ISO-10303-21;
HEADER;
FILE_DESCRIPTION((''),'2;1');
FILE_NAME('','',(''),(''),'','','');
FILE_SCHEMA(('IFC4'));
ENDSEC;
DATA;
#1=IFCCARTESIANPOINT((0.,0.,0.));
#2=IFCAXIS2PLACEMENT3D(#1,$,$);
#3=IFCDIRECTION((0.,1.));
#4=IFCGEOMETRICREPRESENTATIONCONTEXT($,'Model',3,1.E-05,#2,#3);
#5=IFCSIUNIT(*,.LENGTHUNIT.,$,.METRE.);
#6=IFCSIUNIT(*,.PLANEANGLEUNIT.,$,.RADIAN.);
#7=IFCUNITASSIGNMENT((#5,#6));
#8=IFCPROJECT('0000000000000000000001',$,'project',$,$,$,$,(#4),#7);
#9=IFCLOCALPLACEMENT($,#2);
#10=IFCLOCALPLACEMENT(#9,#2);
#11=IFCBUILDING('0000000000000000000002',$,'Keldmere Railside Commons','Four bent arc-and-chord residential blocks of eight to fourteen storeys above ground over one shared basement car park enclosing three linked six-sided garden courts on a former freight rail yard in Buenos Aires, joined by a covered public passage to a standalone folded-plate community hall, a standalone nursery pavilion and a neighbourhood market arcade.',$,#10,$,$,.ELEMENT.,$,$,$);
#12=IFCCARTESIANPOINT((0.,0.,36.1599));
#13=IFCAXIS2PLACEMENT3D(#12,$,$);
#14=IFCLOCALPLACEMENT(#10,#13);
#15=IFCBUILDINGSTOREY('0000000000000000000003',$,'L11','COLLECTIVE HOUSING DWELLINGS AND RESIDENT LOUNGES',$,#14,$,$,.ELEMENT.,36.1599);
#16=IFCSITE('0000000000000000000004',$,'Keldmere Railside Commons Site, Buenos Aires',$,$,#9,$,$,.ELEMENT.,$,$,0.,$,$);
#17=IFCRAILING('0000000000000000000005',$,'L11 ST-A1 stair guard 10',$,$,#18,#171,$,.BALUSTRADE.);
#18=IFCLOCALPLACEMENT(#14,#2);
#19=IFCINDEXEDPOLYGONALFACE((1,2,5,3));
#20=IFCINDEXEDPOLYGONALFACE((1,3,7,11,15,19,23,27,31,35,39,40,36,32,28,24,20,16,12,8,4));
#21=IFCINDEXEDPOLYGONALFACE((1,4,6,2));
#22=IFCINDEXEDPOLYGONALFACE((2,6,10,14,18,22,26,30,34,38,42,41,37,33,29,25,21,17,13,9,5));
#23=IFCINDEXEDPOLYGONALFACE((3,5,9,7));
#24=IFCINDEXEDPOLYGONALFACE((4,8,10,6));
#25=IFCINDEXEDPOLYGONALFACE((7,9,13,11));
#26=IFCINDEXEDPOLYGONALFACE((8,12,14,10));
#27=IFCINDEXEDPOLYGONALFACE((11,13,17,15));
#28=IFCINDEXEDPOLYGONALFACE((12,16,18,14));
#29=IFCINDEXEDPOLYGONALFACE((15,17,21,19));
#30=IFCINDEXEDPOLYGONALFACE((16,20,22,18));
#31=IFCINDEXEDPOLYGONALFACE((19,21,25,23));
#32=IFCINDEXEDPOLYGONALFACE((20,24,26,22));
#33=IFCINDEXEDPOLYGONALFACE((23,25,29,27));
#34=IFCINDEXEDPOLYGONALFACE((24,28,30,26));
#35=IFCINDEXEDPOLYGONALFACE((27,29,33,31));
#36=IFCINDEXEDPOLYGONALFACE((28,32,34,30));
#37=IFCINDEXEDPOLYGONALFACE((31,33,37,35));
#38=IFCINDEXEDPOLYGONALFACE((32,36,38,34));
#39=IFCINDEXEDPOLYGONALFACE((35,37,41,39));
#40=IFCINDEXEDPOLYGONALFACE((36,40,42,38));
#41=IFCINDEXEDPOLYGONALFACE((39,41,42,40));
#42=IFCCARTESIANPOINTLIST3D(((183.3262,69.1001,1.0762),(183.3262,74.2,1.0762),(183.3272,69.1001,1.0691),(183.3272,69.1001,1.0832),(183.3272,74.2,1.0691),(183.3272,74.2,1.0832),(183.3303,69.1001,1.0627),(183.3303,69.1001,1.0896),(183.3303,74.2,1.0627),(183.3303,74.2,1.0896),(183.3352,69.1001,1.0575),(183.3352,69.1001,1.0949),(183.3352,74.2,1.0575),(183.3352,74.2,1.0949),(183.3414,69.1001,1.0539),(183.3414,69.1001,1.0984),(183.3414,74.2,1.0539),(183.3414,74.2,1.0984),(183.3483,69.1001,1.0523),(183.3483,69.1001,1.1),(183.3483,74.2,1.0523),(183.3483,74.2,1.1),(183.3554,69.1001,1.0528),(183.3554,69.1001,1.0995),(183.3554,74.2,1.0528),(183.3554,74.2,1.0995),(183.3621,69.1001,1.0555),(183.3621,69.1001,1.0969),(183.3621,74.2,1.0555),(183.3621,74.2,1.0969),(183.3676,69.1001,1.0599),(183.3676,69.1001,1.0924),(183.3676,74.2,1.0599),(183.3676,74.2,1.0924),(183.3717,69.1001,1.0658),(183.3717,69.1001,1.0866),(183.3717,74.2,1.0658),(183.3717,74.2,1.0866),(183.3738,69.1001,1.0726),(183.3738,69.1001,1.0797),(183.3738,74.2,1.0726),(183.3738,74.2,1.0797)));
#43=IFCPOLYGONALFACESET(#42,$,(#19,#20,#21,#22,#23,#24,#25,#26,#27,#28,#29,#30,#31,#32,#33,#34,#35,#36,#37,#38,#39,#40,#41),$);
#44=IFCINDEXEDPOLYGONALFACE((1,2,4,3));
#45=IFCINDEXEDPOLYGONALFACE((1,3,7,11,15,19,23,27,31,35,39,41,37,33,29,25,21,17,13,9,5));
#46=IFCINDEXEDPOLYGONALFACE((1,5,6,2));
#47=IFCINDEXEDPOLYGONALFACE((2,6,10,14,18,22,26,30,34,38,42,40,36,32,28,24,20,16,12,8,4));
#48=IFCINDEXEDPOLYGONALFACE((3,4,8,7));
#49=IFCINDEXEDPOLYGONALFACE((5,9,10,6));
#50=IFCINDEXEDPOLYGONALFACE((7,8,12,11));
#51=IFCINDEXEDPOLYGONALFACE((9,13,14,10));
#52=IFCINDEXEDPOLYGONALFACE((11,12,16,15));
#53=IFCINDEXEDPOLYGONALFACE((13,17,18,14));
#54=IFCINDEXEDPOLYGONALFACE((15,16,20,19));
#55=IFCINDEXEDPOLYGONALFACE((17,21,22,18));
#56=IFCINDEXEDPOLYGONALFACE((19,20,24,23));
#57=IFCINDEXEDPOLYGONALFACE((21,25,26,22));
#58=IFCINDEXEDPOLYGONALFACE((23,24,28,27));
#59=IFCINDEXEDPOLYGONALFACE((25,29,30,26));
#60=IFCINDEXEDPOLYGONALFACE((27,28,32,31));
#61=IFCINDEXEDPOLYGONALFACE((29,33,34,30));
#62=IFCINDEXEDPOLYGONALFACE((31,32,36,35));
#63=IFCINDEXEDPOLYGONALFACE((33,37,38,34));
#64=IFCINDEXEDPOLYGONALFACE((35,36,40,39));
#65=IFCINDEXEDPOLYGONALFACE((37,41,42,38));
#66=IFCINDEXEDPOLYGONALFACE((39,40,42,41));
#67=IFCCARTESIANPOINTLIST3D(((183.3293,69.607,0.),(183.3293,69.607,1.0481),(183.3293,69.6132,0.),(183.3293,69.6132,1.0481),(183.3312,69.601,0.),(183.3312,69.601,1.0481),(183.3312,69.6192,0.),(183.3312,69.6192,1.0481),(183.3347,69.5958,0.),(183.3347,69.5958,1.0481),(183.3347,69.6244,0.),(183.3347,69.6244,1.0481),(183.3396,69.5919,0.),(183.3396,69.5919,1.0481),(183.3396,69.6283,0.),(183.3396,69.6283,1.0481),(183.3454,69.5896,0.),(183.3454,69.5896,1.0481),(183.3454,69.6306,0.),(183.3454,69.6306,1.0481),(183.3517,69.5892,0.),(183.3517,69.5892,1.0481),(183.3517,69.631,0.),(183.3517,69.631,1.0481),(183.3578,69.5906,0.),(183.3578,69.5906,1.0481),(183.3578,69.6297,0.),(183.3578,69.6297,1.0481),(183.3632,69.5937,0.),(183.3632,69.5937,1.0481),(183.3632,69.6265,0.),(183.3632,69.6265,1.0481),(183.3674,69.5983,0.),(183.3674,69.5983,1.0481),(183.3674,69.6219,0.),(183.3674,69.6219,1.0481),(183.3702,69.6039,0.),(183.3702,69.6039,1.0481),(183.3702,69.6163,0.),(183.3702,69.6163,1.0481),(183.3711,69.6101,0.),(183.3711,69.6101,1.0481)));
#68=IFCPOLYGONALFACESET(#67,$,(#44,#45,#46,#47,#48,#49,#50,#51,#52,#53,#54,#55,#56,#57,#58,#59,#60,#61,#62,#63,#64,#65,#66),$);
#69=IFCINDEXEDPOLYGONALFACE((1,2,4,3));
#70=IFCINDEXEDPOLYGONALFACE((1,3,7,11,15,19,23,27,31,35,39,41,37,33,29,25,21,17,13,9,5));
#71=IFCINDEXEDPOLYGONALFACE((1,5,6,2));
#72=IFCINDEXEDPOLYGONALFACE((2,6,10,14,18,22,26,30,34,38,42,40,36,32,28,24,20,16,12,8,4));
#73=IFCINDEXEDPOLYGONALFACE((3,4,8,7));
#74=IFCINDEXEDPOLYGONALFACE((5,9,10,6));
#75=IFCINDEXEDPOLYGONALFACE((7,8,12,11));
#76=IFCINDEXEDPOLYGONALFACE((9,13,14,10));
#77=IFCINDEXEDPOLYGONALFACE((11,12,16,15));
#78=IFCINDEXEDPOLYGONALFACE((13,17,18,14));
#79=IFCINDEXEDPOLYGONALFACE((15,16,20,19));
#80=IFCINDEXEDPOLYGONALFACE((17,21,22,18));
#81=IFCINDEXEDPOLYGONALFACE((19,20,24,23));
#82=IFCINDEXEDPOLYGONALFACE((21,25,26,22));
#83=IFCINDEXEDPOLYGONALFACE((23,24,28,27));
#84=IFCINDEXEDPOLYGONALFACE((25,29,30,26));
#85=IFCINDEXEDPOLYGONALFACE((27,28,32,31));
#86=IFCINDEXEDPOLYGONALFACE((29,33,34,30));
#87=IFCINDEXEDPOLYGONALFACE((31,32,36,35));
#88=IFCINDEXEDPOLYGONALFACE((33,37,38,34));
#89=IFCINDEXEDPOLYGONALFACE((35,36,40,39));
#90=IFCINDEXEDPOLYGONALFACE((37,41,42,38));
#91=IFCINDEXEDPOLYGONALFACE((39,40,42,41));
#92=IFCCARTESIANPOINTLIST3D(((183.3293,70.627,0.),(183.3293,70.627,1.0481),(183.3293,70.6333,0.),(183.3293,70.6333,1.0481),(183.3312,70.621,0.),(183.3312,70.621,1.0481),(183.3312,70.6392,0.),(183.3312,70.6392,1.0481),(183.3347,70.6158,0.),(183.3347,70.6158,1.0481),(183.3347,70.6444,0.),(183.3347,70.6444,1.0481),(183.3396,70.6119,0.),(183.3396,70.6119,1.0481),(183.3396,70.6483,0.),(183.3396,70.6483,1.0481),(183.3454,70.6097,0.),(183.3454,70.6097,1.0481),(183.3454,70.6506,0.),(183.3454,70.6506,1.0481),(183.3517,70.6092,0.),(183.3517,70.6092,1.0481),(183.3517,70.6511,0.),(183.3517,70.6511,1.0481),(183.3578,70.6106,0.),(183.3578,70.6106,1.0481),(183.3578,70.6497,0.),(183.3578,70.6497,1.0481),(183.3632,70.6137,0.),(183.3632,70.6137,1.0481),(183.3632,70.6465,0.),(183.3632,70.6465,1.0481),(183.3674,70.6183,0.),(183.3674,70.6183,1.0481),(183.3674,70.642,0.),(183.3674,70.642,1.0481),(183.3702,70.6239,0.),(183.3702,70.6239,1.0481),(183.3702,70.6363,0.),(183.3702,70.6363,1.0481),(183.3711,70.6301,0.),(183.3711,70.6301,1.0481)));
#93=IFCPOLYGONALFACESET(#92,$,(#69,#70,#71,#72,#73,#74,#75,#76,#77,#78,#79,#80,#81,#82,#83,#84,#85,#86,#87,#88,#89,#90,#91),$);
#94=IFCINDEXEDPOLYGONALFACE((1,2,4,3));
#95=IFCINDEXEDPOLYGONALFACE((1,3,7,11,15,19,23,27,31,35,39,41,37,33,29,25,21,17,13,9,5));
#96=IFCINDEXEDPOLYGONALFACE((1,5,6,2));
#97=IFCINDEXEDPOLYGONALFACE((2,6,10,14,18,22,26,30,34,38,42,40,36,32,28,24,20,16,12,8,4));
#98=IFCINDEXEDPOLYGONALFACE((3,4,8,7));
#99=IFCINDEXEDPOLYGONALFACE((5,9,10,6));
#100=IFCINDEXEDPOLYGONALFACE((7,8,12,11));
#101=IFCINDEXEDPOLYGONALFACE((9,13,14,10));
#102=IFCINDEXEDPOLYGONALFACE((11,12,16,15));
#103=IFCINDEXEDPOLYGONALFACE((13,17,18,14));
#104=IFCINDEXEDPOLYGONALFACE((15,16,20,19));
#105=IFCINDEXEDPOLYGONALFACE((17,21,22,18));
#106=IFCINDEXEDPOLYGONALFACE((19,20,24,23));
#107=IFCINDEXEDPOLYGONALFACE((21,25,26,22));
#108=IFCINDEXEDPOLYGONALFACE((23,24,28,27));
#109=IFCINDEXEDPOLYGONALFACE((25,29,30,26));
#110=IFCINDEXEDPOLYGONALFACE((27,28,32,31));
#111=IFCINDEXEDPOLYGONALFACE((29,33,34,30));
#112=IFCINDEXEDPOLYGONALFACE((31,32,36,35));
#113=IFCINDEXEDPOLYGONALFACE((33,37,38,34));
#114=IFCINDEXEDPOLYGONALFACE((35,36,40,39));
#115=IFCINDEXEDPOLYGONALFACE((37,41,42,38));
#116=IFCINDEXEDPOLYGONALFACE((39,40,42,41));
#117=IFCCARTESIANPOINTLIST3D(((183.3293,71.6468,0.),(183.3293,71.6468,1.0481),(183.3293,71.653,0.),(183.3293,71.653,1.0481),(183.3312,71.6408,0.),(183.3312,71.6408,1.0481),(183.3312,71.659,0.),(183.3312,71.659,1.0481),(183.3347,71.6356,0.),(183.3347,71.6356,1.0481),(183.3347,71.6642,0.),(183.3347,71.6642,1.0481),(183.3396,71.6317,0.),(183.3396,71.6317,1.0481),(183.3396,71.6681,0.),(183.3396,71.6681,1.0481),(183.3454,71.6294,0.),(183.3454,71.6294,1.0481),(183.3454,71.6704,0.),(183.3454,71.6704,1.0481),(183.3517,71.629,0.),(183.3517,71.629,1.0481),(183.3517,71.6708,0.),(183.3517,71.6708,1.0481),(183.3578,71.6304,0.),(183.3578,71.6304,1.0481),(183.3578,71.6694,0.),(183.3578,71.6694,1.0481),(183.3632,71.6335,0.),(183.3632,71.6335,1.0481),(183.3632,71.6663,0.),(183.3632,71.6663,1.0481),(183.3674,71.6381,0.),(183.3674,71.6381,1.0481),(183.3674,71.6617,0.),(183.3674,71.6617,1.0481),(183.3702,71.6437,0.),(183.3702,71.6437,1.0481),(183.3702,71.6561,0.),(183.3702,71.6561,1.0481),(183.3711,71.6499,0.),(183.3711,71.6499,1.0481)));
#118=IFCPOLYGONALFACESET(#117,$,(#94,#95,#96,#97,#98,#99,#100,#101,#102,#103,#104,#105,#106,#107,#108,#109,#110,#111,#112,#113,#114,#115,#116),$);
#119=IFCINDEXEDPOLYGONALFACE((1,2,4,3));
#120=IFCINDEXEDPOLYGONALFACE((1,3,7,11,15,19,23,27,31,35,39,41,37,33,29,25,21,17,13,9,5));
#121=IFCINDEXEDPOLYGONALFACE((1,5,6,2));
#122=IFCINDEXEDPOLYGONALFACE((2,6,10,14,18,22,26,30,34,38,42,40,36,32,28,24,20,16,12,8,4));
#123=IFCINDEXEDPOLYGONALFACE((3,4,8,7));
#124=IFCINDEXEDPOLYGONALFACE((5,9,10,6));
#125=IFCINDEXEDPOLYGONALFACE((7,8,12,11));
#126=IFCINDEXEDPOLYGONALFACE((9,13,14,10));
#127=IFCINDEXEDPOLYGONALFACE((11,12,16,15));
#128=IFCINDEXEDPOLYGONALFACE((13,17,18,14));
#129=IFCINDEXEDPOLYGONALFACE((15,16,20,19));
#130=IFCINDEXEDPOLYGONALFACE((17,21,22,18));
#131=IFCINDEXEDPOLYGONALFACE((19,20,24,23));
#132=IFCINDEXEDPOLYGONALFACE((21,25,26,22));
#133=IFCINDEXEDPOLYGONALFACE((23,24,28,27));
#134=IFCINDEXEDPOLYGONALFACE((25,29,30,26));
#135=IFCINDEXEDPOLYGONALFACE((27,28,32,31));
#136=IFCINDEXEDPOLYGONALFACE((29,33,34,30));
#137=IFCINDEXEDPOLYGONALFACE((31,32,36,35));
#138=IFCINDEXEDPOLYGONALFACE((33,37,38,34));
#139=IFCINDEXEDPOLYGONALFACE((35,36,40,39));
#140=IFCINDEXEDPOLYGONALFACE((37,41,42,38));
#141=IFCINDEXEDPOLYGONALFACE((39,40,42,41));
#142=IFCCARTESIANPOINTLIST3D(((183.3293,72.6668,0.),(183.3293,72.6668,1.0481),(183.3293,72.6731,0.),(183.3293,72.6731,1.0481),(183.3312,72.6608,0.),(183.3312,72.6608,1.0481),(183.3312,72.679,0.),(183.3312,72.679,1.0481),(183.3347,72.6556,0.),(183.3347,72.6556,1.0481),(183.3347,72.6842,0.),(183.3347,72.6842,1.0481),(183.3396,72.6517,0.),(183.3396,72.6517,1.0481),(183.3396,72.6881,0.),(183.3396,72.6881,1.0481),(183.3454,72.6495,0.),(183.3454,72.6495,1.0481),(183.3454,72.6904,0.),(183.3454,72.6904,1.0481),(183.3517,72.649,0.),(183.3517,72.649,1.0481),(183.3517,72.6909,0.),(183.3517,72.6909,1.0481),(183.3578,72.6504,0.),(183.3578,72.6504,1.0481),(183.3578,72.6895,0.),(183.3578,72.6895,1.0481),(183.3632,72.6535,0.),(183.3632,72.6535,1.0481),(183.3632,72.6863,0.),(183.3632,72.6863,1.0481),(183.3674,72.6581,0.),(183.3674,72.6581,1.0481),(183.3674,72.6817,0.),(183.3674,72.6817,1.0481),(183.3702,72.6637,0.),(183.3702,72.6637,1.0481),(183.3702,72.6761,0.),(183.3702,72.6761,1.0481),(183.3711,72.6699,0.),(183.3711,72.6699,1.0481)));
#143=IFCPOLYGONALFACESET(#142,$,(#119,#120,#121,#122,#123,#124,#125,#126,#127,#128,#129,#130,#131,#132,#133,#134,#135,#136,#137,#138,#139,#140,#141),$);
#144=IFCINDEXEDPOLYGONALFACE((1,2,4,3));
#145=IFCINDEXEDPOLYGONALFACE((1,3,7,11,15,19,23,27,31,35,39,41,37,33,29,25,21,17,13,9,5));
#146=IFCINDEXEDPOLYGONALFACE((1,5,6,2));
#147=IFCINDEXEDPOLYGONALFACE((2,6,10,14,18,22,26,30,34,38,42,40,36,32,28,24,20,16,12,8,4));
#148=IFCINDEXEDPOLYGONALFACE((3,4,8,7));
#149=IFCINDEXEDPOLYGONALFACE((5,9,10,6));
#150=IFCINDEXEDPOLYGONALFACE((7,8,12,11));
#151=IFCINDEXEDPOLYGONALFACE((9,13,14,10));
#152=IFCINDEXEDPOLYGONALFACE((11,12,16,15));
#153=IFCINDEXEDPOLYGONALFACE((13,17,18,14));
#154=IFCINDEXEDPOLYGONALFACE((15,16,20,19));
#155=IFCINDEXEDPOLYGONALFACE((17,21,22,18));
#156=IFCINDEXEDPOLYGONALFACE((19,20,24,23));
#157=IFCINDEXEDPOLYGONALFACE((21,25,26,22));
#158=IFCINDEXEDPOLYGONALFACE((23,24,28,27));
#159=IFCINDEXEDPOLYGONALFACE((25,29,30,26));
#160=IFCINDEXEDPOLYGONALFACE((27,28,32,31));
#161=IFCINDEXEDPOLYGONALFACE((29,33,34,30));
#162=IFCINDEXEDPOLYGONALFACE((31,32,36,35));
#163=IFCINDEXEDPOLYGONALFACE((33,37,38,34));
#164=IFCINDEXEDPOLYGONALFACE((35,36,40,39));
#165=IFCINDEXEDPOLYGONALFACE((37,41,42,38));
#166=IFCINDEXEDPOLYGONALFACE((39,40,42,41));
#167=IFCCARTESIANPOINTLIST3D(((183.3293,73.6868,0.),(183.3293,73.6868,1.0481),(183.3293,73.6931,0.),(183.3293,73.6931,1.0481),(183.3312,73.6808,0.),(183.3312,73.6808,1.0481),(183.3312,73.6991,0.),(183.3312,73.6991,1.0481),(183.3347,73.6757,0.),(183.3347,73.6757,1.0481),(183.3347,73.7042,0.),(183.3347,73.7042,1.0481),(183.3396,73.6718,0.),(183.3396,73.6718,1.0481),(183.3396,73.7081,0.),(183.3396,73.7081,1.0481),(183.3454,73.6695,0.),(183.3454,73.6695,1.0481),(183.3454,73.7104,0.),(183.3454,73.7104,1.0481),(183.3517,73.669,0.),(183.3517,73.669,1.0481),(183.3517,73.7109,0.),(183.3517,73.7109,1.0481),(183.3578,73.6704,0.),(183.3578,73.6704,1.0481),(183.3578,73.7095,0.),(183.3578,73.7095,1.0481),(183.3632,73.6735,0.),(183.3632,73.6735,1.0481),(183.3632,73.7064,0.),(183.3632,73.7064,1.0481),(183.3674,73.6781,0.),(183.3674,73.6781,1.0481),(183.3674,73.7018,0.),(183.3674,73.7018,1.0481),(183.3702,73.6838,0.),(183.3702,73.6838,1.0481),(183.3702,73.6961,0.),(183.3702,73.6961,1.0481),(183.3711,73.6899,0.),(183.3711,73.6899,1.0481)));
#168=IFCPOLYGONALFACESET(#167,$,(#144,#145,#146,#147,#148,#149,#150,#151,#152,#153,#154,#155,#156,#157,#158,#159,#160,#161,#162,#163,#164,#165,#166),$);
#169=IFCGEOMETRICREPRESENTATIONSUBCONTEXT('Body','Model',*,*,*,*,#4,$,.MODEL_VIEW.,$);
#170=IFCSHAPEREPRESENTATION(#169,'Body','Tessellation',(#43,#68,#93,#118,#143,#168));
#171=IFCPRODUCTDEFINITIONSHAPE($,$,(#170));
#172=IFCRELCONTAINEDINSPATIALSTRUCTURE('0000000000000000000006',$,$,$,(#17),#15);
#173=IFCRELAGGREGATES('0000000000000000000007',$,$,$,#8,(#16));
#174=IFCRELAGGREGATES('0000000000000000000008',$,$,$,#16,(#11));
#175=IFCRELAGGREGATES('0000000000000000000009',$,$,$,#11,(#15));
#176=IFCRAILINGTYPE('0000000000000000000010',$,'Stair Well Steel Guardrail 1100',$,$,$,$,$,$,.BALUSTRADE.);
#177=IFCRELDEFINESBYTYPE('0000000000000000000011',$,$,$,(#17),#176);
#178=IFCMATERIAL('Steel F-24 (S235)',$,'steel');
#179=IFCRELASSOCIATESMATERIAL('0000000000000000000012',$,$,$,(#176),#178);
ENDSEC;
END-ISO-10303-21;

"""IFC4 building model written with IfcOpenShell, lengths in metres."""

from ifc_helpers import new_model, si_unit, direction, frame, origin, origin_2d, place, context, subcontext, project, spatial, circle, extrude, material, type_object, element, save


model = new_model("IFC4")

# Units and contexts
model_context = context("Model", 3, precision=1e-05, world=origin(), true_north=direction((0.0, 1.0)))
body_context = subcontext(model_context, "Body", "Model", "MODEL_VIEW")
ifc_project = project(units=[si_unit("LENGTHUNIT", "METRE"), si_unit("PLANEANGLEUNIT", "RADIAN")], contexts=[model_context])

# Site, building, storey
site_placement = place(None, origin())
site = spatial("IfcSite", under=ifc_project, at=site_placement, Name="Keldmere Railside Commons Site, Buenos Aires", CompositionType="ELEMENT", RefElevation=0.0)
building_placement = place(site_placement, origin())
building = spatial("IfcBuilding", under=site, at=building_placement, Name="Keldmere Railside Commons", Description="Four bent arc-and-chord residential blocks of eight to fourteen storeys above ground over one shared basement car park enclosing three linked six-sided garden courts on a former freight rail yard in Buenos Aires, joined by a covered public passage to a standalone folded-plate community hall, a standalone nursery pavilion and a neighbourhood market arcade.", CompositionType="ELEMENT")
storey_placement = place(building_placement, frame((0.0, 0.0, 36.1599)))
storey = spatial("IfcBuildingStorey", under=building, at=storey_placement, Name="L11", Description="COLLECTIVE HOUSING DWELLINGS AND RESIDENT LOUNGES", CompositionType="ELEMENT", Elevation=36.1599)

# Railing
ifc_material_1 = material(Name="Steel F-24 (S235)", Category="steel")
railing_type_1 = type_object("IfcRailingType", Name="Stair Well Steel Guardrail 1100", PredefinedType="BALUSTRADE", material=ifc_material_1)
railing_1_placement = place(storey_placement, frame((183.3501, 69.1001, 0.0)))
element("IfcRailing", 1, at=railing_1_placement, inside=storey, type_object=railing_type_1, Name="L11 ST-A1 stair guard 10", PredefinedType="BALUSTRADE", context=body_context, shape_type="SweptSolid", body=[
    extrude(circle(Radius=0.0239, at=origin_2d()), frame((0.0, 0.0, 1.0762), z_axis=(0.0, 1.0, 0.0), x_axis=(-1.0, 0.0, 0.0)), (0.0, 0.0, 1.0), 5.0999),
    extrude(circle(Radius=0.021, at=origin_2d()), frame((0.0, 0.51, 0.0)), (0.0, 0.0, 1.0), 1.0481),
    extrude(circle(Radius=0.021, at=origin_2d()), frame((0.0, 1.53, 0.0)), (0.0, 0.0, 1.0), 1.0481),
    extrude(circle(Radius=0.021, at=origin_2d()), frame((0.0, 2.5498, 0.0)), (0.0, 0.0, 1.0), 1.0481),
    extrude(circle(Radius=0.021, at=origin_2d()), frame((0.0, 3.5698, 0.0)), (0.0, 0.0, 1.0), 1.0481),
    extrude(circle(Radius=0.021, at=origin_2d()), frame((0.0, 4.5898, 0.0)), (0.0, 0.0, 1.0), 1.0481),
])

save(model, "model.ifc")
